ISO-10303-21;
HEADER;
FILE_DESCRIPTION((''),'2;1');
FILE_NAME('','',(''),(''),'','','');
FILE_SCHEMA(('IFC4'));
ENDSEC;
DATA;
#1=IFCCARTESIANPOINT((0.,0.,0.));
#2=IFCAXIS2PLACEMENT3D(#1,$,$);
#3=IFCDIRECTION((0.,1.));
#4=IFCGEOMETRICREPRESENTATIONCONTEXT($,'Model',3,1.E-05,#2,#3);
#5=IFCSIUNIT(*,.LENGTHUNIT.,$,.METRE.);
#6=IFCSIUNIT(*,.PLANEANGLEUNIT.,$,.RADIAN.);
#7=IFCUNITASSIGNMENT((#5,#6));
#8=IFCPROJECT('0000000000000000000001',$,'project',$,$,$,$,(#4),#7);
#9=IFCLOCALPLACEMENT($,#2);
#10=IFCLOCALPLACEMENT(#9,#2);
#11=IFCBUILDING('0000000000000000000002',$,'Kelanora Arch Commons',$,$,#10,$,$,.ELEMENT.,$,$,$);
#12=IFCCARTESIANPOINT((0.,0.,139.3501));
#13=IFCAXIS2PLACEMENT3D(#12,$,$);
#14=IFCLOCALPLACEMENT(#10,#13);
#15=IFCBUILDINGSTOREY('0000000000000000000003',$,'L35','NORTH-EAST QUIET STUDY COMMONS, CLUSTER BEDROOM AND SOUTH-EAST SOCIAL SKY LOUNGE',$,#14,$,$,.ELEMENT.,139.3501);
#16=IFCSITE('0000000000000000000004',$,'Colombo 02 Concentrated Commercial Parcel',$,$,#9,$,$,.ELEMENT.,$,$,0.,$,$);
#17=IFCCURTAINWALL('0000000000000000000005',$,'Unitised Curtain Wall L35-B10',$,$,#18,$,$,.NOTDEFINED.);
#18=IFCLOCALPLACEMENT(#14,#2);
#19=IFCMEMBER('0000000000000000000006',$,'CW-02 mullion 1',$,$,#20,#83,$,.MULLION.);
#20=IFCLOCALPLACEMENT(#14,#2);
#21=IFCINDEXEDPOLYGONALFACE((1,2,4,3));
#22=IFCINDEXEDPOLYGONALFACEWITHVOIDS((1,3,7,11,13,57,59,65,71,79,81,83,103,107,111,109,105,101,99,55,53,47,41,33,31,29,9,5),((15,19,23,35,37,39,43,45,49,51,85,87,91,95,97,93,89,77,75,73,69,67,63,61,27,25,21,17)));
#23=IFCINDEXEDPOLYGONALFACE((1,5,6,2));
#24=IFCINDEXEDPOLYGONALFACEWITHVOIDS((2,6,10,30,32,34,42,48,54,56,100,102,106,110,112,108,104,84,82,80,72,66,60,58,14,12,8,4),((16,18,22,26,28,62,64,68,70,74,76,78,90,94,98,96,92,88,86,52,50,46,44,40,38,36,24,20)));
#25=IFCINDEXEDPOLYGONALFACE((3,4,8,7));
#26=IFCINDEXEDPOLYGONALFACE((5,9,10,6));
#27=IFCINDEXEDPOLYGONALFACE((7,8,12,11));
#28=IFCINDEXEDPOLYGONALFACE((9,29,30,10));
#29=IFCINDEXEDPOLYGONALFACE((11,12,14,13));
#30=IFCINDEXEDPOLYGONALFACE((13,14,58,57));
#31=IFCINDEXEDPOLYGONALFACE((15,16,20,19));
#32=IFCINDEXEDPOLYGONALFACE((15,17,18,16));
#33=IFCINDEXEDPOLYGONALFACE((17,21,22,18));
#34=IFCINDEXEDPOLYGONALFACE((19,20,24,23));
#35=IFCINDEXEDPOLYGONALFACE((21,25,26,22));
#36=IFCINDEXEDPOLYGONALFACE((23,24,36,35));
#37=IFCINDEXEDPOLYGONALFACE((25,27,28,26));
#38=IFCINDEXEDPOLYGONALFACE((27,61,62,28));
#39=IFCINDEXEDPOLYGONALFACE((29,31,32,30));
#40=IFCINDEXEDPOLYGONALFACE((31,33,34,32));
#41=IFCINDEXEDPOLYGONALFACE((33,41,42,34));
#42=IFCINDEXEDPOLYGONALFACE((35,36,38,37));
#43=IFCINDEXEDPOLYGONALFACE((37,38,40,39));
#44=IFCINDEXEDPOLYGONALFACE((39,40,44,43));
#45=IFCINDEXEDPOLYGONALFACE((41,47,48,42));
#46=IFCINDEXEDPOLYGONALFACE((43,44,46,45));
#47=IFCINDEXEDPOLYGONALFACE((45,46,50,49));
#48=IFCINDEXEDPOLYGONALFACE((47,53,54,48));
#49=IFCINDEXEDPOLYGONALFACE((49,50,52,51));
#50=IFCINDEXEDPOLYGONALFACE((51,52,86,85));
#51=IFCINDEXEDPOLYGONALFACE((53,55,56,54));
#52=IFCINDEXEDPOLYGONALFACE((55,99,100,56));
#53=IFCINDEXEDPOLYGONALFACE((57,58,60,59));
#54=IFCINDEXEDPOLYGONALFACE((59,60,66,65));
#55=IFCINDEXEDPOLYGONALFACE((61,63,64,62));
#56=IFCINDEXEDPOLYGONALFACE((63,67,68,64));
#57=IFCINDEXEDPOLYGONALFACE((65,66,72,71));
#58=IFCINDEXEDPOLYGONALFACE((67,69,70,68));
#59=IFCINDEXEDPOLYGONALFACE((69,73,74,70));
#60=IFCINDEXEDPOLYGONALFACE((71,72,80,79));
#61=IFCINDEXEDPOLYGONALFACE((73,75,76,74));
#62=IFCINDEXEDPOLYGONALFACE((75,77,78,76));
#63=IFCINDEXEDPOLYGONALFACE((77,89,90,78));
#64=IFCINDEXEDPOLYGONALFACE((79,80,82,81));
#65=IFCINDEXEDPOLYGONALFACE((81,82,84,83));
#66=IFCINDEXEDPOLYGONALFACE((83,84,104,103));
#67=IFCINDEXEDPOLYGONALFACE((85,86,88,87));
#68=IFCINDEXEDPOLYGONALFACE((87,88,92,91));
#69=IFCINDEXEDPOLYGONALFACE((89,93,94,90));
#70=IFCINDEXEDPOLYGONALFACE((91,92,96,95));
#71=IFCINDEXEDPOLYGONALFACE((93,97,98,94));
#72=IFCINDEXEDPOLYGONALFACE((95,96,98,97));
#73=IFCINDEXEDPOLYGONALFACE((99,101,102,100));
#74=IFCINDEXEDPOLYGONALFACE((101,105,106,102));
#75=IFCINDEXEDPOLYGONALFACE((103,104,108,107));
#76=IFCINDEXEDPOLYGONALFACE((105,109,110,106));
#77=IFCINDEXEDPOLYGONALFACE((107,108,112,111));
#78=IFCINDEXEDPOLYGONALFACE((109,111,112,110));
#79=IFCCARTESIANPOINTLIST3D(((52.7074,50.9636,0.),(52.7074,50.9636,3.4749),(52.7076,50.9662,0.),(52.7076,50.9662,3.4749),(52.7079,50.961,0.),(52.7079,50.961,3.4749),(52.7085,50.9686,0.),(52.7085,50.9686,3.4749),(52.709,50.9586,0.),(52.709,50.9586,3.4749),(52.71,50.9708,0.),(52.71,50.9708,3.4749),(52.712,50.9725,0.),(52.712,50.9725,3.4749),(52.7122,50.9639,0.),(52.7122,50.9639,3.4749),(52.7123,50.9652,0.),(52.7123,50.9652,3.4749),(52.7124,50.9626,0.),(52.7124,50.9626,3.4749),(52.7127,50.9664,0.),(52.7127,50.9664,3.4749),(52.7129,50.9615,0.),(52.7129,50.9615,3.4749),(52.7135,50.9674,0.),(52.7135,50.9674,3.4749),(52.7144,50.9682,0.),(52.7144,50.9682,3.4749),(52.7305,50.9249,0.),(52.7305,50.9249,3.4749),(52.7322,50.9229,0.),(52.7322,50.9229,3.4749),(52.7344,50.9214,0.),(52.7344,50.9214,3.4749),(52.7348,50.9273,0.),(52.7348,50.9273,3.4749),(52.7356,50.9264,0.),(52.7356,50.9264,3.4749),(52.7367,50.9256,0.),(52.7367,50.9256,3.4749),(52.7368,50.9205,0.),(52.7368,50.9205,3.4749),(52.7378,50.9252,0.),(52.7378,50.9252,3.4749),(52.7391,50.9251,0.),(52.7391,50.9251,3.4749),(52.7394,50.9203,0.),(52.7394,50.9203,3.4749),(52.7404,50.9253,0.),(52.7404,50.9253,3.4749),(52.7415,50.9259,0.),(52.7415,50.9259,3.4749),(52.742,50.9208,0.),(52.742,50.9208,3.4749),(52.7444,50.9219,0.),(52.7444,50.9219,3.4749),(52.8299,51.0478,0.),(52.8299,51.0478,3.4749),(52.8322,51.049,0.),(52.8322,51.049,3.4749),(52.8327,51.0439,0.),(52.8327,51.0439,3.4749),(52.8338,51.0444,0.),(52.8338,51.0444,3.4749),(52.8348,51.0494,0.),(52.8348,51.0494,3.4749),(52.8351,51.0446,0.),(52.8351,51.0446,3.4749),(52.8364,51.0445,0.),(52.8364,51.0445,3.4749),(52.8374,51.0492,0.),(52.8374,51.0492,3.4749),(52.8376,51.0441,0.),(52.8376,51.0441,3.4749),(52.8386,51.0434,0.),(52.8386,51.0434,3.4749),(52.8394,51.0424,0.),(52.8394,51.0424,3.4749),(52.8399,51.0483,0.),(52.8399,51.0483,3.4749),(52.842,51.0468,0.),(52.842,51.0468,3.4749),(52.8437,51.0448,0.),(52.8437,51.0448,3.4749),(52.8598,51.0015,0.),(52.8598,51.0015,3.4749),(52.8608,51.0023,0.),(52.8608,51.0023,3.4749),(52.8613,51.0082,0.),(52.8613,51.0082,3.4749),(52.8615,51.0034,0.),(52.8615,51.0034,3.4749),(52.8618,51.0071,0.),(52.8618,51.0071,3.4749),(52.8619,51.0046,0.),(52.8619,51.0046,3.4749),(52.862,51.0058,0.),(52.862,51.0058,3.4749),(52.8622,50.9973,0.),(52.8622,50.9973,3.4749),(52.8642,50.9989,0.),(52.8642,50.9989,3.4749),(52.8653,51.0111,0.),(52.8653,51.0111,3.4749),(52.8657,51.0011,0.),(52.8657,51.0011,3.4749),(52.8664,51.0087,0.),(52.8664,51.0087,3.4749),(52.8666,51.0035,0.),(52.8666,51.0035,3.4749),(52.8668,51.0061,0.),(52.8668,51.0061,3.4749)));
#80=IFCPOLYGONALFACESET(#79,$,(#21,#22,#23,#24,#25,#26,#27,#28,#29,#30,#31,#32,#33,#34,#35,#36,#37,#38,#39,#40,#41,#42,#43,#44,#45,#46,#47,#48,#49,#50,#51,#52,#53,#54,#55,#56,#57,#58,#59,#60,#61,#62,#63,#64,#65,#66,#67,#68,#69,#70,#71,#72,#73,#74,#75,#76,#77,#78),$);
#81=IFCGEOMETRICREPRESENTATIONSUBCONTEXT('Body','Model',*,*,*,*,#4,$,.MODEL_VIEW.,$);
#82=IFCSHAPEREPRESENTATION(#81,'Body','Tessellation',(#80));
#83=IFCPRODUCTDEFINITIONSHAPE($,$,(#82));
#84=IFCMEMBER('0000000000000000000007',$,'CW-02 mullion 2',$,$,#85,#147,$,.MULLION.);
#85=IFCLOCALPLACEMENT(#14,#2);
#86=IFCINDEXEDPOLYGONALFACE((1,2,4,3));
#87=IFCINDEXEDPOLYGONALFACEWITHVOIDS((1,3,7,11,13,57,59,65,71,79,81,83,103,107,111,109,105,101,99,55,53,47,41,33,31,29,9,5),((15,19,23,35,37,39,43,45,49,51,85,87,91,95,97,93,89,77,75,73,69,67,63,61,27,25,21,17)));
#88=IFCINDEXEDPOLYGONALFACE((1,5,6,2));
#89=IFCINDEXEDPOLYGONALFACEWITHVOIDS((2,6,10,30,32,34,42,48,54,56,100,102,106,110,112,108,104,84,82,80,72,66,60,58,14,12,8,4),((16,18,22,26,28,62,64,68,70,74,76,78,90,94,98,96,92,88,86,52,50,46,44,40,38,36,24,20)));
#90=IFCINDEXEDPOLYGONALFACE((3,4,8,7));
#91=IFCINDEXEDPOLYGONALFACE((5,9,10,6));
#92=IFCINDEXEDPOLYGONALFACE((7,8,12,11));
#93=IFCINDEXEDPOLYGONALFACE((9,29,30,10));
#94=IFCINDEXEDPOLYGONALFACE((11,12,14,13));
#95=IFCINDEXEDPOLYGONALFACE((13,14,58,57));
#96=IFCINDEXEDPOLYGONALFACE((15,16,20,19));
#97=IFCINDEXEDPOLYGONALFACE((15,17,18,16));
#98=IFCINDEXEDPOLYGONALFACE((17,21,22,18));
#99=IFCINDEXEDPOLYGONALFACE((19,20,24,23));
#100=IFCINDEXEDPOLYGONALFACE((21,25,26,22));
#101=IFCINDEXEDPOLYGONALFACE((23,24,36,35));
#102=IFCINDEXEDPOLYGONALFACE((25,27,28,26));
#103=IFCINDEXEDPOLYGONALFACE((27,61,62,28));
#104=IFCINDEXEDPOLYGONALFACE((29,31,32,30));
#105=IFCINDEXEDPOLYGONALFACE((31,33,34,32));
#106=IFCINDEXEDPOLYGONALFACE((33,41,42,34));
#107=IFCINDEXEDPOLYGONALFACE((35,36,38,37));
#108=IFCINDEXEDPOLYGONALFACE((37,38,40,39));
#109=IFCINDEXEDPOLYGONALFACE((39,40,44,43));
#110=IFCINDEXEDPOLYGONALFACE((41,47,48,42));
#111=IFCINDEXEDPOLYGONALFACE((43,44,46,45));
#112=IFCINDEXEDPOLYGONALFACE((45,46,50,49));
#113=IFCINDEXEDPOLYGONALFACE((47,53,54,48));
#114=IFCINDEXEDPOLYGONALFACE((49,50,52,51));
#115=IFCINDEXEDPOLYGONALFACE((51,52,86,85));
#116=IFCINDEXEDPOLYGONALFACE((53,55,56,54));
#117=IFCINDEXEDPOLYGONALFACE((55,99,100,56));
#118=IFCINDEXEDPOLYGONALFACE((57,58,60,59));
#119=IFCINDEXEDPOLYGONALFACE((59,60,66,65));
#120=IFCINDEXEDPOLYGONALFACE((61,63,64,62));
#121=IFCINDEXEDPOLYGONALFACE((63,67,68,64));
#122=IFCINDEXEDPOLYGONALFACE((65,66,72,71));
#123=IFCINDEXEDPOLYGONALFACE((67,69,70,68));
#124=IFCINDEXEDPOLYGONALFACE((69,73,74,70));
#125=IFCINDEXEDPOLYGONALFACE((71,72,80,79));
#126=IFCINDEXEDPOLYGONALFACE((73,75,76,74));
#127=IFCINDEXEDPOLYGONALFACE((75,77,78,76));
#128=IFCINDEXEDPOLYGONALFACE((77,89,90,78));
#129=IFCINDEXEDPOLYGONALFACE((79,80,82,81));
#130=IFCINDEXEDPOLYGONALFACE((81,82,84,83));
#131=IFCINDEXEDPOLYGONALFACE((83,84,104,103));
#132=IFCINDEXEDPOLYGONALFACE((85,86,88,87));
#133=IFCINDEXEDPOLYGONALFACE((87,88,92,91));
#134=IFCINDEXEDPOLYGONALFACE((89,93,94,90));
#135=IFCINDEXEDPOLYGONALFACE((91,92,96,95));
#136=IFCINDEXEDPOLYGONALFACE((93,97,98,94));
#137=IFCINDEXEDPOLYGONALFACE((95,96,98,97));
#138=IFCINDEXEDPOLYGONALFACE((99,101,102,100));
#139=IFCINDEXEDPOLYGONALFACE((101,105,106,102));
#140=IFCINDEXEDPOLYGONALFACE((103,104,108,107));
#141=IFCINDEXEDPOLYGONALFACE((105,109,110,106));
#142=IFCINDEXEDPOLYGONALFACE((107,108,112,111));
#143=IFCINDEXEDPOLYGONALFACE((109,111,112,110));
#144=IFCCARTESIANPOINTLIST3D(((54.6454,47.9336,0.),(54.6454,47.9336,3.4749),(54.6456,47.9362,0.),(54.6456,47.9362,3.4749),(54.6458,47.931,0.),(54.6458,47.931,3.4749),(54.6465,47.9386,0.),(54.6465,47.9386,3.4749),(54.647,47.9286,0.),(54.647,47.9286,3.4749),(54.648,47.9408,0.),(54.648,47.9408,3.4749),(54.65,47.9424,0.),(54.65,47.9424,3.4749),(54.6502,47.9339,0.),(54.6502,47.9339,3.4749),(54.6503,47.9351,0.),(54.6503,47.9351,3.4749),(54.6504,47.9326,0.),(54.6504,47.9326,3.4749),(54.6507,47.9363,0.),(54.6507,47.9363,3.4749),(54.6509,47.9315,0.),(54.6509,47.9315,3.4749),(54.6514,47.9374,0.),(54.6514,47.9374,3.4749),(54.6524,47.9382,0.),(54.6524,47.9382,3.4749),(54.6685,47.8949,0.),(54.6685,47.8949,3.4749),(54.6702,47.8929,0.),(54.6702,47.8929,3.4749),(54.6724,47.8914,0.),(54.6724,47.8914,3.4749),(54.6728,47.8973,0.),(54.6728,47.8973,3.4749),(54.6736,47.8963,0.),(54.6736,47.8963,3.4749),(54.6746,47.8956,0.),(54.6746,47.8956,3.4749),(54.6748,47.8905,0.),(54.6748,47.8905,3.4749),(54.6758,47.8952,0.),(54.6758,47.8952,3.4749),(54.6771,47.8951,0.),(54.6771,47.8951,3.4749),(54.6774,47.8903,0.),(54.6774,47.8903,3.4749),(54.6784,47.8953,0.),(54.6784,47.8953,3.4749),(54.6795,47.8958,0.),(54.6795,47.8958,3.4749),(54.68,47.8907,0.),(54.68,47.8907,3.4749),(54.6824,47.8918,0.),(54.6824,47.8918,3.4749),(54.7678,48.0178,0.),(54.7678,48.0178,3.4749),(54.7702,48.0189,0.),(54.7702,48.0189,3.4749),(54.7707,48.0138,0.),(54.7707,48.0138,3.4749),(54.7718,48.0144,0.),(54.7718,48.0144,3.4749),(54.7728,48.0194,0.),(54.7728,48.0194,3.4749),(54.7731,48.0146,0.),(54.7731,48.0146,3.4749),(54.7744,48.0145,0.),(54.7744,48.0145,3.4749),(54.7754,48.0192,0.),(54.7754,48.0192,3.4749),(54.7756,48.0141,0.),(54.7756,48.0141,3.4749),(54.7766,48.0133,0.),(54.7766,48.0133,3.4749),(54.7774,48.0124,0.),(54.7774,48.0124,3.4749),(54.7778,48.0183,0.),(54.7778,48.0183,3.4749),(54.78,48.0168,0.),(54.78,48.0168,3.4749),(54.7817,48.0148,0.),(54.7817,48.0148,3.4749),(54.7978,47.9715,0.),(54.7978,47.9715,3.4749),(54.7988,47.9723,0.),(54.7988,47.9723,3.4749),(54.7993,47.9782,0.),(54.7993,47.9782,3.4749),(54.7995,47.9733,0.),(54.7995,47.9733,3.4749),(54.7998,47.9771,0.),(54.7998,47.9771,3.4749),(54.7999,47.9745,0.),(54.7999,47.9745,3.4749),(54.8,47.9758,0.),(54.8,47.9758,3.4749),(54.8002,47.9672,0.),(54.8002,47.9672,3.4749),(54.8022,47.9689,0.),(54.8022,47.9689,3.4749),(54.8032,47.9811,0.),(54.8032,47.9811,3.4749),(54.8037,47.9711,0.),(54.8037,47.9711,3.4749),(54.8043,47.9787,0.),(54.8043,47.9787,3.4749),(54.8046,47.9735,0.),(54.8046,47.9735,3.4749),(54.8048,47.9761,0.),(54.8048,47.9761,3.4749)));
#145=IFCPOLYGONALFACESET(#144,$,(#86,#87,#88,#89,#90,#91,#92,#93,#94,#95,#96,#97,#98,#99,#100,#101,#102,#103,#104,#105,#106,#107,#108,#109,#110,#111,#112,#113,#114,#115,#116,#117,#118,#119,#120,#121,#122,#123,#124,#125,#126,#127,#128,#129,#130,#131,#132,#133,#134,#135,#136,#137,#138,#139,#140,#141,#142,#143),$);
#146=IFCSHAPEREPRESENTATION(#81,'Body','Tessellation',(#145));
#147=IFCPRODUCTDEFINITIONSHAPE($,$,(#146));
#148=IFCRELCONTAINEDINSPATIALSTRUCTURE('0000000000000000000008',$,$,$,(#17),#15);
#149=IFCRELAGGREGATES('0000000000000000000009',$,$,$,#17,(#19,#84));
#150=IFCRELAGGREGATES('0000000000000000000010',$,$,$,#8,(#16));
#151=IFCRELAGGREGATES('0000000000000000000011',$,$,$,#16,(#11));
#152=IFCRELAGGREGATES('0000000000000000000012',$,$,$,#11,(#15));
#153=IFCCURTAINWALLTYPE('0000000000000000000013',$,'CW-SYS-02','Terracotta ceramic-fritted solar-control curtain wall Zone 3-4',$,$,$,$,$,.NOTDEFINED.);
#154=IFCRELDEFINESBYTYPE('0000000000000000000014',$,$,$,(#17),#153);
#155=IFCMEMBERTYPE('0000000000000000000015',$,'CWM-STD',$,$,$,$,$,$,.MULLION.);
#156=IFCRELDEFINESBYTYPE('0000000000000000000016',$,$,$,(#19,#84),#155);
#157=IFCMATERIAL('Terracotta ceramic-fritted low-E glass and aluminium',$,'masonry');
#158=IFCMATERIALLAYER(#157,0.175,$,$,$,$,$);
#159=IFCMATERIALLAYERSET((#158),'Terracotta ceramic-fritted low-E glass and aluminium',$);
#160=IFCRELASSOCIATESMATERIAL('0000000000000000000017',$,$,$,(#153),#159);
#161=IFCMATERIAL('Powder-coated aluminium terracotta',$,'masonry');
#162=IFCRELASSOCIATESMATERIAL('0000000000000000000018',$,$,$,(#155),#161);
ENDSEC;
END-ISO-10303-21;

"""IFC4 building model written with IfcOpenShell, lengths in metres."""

from ifc_helpers import new_model, si_unit, direction, frame, origin, origin_2d, place, context, subcontext, project, spatial, hollow_rectangle, extrude, material, layer, layer_set, material_profile, profile_set, type_object, element, aggregate, save


model = new_model("IFC4")

# Units and contexts
model_context = context("Model", 3, precision=1e-05, world=origin(), true_north=direction((0.0, 1.0)))
body_context = subcontext(model_context, "Body", "Model", "MODEL_VIEW")
ifc_project = project(units=[si_unit("LENGTHUNIT", "METRE"), si_unit("PLANEANGLEUNIT", "RADIAN")], contexts=[model_context])

# Site, building, storey
site_placement = place(None, origin())
site = spatial("IfcSite", under=ifc_project, at=site_placement, Name="Colombo 02 Concentrated Commercial Parcel", CompositionType="ELEMENT", RefElevation=0.0)
building_placement = place(site_placement, origin())
building = spatial("IfcBuilding", under=site, at=building_placement, Name="Kelanora Arch Commons", CompositionType="ELEMENT")
storey_placement = place(building_placement, frame((0.0, 0.0, 139.3501)))
storey = spatial("IfcBuildingStorey", under=building, at=storey_placement, Name="L35", Description="NORTH-EAST QUIET STUDY COMMONS, CLUSTER BEDROOM AND SOUTH-EAST SOCIAL SKY LOUNGE", CompositionType="ELEMENT", Elevation=139.3501)

# Curtain wall, members
ifc_material_1 = material(Name="Terracotta ceramic-fritted low-E glass and aluminium", Category="masonry")
ifc_layer_1 = layer(ifc_material_1, 0.175)
ifc_layer_set_1 = layer_set([ifc_layer_1], Name="Terracotta ceramic-fritted low-E glass and aluminium")
curtain_wall_type = type_object("IfcCurtainWallType", Name="CW-SYS-02", Description="Terracotta ceramic-fritted solar-control curtain wall Zone 3-4", PredefinedType="NOTDEFINED", material=ifc_layer_set_1)
curtain_wall_placement = place(storey_placement, origin())
curtain_wall = element("IfcCurtainWall", 1, at=curtain_wall_placement, inside=storey, type_object=curtain_wall_type, Name="Unitised Curtain Wall L35-B10", PredefinedType="NOTDEFINED")
ifc_material_2 = material(Name="Powder-coated aluminium terracotta", Category="masonry")
ifc_material_profile_1 = material_profile(ifc_material_2, hollow_rectangle(XDim=0.1599, YDim=0.0601, WallThickness=0.0049, InnerFilletRadius=0.0049, OuterFilletRadius=0.01, at=origin_2d()), Name="CWM160x60")
ifc_profile_set_1 = profile_set([ifc_material_profile_1], Name="Powder-coated aluminium terracotta")
member_type_1 = type_object("IfcMemberType", Name="CWM-STD", PredefinedType="MULLION", material=ifc_profile_set_1)
member_1_placement = place(storey_placement, frame((52.7871, 50.9849, 0.0), z_axis=(0.0, 0.0, 1.0), x_axis=(0.842423, 0.538817, 0.0)))
member_1 = element("IfcMember", 2, at=member_1_placement, type_object=member_type_1, Name="CW-02 mullion 1", PredefinedType="MULLION", context=body_context, shape_type="SweptSolid", body=[
    extrude(hollow_rectangle(XDim=0.1599, YDim=0.0601, WallThickness=0.0049, InnerFilletRadius=0.0049, OuterFilletRadius=0.01, at=origin_2d()), origin(), (0.0, 0.0, 1.0), 3.4749),
])
member_2_placement = place(storey_placement, frame((54.7251, 47.9548, 0.0), z_axis=(0.0, 0.0, 1.0), x_axis=(0.842423, 0.538817, 0.0)))
member_2 = element("IfcMember", 3, at=member_2_placement, type_object=member_type_1, Name="CW-02 mullion 2", PredefinedType="MULLION", context=body_context, shape_type="SweptSolid", body=[
    extrude(hollow_rectangle(XDim=0.1599, YDim=0.0601, WallThickness=0.0049, InnerFilletRadius=0.0049, OuterFilletRadius=0.01, at=origin_2d()), origin(), (0.0, 0.0, 1.0), 3.4749),
])

aggregate(curtain_wall, [member_1, member_2])

save(model, "model.ifc")
